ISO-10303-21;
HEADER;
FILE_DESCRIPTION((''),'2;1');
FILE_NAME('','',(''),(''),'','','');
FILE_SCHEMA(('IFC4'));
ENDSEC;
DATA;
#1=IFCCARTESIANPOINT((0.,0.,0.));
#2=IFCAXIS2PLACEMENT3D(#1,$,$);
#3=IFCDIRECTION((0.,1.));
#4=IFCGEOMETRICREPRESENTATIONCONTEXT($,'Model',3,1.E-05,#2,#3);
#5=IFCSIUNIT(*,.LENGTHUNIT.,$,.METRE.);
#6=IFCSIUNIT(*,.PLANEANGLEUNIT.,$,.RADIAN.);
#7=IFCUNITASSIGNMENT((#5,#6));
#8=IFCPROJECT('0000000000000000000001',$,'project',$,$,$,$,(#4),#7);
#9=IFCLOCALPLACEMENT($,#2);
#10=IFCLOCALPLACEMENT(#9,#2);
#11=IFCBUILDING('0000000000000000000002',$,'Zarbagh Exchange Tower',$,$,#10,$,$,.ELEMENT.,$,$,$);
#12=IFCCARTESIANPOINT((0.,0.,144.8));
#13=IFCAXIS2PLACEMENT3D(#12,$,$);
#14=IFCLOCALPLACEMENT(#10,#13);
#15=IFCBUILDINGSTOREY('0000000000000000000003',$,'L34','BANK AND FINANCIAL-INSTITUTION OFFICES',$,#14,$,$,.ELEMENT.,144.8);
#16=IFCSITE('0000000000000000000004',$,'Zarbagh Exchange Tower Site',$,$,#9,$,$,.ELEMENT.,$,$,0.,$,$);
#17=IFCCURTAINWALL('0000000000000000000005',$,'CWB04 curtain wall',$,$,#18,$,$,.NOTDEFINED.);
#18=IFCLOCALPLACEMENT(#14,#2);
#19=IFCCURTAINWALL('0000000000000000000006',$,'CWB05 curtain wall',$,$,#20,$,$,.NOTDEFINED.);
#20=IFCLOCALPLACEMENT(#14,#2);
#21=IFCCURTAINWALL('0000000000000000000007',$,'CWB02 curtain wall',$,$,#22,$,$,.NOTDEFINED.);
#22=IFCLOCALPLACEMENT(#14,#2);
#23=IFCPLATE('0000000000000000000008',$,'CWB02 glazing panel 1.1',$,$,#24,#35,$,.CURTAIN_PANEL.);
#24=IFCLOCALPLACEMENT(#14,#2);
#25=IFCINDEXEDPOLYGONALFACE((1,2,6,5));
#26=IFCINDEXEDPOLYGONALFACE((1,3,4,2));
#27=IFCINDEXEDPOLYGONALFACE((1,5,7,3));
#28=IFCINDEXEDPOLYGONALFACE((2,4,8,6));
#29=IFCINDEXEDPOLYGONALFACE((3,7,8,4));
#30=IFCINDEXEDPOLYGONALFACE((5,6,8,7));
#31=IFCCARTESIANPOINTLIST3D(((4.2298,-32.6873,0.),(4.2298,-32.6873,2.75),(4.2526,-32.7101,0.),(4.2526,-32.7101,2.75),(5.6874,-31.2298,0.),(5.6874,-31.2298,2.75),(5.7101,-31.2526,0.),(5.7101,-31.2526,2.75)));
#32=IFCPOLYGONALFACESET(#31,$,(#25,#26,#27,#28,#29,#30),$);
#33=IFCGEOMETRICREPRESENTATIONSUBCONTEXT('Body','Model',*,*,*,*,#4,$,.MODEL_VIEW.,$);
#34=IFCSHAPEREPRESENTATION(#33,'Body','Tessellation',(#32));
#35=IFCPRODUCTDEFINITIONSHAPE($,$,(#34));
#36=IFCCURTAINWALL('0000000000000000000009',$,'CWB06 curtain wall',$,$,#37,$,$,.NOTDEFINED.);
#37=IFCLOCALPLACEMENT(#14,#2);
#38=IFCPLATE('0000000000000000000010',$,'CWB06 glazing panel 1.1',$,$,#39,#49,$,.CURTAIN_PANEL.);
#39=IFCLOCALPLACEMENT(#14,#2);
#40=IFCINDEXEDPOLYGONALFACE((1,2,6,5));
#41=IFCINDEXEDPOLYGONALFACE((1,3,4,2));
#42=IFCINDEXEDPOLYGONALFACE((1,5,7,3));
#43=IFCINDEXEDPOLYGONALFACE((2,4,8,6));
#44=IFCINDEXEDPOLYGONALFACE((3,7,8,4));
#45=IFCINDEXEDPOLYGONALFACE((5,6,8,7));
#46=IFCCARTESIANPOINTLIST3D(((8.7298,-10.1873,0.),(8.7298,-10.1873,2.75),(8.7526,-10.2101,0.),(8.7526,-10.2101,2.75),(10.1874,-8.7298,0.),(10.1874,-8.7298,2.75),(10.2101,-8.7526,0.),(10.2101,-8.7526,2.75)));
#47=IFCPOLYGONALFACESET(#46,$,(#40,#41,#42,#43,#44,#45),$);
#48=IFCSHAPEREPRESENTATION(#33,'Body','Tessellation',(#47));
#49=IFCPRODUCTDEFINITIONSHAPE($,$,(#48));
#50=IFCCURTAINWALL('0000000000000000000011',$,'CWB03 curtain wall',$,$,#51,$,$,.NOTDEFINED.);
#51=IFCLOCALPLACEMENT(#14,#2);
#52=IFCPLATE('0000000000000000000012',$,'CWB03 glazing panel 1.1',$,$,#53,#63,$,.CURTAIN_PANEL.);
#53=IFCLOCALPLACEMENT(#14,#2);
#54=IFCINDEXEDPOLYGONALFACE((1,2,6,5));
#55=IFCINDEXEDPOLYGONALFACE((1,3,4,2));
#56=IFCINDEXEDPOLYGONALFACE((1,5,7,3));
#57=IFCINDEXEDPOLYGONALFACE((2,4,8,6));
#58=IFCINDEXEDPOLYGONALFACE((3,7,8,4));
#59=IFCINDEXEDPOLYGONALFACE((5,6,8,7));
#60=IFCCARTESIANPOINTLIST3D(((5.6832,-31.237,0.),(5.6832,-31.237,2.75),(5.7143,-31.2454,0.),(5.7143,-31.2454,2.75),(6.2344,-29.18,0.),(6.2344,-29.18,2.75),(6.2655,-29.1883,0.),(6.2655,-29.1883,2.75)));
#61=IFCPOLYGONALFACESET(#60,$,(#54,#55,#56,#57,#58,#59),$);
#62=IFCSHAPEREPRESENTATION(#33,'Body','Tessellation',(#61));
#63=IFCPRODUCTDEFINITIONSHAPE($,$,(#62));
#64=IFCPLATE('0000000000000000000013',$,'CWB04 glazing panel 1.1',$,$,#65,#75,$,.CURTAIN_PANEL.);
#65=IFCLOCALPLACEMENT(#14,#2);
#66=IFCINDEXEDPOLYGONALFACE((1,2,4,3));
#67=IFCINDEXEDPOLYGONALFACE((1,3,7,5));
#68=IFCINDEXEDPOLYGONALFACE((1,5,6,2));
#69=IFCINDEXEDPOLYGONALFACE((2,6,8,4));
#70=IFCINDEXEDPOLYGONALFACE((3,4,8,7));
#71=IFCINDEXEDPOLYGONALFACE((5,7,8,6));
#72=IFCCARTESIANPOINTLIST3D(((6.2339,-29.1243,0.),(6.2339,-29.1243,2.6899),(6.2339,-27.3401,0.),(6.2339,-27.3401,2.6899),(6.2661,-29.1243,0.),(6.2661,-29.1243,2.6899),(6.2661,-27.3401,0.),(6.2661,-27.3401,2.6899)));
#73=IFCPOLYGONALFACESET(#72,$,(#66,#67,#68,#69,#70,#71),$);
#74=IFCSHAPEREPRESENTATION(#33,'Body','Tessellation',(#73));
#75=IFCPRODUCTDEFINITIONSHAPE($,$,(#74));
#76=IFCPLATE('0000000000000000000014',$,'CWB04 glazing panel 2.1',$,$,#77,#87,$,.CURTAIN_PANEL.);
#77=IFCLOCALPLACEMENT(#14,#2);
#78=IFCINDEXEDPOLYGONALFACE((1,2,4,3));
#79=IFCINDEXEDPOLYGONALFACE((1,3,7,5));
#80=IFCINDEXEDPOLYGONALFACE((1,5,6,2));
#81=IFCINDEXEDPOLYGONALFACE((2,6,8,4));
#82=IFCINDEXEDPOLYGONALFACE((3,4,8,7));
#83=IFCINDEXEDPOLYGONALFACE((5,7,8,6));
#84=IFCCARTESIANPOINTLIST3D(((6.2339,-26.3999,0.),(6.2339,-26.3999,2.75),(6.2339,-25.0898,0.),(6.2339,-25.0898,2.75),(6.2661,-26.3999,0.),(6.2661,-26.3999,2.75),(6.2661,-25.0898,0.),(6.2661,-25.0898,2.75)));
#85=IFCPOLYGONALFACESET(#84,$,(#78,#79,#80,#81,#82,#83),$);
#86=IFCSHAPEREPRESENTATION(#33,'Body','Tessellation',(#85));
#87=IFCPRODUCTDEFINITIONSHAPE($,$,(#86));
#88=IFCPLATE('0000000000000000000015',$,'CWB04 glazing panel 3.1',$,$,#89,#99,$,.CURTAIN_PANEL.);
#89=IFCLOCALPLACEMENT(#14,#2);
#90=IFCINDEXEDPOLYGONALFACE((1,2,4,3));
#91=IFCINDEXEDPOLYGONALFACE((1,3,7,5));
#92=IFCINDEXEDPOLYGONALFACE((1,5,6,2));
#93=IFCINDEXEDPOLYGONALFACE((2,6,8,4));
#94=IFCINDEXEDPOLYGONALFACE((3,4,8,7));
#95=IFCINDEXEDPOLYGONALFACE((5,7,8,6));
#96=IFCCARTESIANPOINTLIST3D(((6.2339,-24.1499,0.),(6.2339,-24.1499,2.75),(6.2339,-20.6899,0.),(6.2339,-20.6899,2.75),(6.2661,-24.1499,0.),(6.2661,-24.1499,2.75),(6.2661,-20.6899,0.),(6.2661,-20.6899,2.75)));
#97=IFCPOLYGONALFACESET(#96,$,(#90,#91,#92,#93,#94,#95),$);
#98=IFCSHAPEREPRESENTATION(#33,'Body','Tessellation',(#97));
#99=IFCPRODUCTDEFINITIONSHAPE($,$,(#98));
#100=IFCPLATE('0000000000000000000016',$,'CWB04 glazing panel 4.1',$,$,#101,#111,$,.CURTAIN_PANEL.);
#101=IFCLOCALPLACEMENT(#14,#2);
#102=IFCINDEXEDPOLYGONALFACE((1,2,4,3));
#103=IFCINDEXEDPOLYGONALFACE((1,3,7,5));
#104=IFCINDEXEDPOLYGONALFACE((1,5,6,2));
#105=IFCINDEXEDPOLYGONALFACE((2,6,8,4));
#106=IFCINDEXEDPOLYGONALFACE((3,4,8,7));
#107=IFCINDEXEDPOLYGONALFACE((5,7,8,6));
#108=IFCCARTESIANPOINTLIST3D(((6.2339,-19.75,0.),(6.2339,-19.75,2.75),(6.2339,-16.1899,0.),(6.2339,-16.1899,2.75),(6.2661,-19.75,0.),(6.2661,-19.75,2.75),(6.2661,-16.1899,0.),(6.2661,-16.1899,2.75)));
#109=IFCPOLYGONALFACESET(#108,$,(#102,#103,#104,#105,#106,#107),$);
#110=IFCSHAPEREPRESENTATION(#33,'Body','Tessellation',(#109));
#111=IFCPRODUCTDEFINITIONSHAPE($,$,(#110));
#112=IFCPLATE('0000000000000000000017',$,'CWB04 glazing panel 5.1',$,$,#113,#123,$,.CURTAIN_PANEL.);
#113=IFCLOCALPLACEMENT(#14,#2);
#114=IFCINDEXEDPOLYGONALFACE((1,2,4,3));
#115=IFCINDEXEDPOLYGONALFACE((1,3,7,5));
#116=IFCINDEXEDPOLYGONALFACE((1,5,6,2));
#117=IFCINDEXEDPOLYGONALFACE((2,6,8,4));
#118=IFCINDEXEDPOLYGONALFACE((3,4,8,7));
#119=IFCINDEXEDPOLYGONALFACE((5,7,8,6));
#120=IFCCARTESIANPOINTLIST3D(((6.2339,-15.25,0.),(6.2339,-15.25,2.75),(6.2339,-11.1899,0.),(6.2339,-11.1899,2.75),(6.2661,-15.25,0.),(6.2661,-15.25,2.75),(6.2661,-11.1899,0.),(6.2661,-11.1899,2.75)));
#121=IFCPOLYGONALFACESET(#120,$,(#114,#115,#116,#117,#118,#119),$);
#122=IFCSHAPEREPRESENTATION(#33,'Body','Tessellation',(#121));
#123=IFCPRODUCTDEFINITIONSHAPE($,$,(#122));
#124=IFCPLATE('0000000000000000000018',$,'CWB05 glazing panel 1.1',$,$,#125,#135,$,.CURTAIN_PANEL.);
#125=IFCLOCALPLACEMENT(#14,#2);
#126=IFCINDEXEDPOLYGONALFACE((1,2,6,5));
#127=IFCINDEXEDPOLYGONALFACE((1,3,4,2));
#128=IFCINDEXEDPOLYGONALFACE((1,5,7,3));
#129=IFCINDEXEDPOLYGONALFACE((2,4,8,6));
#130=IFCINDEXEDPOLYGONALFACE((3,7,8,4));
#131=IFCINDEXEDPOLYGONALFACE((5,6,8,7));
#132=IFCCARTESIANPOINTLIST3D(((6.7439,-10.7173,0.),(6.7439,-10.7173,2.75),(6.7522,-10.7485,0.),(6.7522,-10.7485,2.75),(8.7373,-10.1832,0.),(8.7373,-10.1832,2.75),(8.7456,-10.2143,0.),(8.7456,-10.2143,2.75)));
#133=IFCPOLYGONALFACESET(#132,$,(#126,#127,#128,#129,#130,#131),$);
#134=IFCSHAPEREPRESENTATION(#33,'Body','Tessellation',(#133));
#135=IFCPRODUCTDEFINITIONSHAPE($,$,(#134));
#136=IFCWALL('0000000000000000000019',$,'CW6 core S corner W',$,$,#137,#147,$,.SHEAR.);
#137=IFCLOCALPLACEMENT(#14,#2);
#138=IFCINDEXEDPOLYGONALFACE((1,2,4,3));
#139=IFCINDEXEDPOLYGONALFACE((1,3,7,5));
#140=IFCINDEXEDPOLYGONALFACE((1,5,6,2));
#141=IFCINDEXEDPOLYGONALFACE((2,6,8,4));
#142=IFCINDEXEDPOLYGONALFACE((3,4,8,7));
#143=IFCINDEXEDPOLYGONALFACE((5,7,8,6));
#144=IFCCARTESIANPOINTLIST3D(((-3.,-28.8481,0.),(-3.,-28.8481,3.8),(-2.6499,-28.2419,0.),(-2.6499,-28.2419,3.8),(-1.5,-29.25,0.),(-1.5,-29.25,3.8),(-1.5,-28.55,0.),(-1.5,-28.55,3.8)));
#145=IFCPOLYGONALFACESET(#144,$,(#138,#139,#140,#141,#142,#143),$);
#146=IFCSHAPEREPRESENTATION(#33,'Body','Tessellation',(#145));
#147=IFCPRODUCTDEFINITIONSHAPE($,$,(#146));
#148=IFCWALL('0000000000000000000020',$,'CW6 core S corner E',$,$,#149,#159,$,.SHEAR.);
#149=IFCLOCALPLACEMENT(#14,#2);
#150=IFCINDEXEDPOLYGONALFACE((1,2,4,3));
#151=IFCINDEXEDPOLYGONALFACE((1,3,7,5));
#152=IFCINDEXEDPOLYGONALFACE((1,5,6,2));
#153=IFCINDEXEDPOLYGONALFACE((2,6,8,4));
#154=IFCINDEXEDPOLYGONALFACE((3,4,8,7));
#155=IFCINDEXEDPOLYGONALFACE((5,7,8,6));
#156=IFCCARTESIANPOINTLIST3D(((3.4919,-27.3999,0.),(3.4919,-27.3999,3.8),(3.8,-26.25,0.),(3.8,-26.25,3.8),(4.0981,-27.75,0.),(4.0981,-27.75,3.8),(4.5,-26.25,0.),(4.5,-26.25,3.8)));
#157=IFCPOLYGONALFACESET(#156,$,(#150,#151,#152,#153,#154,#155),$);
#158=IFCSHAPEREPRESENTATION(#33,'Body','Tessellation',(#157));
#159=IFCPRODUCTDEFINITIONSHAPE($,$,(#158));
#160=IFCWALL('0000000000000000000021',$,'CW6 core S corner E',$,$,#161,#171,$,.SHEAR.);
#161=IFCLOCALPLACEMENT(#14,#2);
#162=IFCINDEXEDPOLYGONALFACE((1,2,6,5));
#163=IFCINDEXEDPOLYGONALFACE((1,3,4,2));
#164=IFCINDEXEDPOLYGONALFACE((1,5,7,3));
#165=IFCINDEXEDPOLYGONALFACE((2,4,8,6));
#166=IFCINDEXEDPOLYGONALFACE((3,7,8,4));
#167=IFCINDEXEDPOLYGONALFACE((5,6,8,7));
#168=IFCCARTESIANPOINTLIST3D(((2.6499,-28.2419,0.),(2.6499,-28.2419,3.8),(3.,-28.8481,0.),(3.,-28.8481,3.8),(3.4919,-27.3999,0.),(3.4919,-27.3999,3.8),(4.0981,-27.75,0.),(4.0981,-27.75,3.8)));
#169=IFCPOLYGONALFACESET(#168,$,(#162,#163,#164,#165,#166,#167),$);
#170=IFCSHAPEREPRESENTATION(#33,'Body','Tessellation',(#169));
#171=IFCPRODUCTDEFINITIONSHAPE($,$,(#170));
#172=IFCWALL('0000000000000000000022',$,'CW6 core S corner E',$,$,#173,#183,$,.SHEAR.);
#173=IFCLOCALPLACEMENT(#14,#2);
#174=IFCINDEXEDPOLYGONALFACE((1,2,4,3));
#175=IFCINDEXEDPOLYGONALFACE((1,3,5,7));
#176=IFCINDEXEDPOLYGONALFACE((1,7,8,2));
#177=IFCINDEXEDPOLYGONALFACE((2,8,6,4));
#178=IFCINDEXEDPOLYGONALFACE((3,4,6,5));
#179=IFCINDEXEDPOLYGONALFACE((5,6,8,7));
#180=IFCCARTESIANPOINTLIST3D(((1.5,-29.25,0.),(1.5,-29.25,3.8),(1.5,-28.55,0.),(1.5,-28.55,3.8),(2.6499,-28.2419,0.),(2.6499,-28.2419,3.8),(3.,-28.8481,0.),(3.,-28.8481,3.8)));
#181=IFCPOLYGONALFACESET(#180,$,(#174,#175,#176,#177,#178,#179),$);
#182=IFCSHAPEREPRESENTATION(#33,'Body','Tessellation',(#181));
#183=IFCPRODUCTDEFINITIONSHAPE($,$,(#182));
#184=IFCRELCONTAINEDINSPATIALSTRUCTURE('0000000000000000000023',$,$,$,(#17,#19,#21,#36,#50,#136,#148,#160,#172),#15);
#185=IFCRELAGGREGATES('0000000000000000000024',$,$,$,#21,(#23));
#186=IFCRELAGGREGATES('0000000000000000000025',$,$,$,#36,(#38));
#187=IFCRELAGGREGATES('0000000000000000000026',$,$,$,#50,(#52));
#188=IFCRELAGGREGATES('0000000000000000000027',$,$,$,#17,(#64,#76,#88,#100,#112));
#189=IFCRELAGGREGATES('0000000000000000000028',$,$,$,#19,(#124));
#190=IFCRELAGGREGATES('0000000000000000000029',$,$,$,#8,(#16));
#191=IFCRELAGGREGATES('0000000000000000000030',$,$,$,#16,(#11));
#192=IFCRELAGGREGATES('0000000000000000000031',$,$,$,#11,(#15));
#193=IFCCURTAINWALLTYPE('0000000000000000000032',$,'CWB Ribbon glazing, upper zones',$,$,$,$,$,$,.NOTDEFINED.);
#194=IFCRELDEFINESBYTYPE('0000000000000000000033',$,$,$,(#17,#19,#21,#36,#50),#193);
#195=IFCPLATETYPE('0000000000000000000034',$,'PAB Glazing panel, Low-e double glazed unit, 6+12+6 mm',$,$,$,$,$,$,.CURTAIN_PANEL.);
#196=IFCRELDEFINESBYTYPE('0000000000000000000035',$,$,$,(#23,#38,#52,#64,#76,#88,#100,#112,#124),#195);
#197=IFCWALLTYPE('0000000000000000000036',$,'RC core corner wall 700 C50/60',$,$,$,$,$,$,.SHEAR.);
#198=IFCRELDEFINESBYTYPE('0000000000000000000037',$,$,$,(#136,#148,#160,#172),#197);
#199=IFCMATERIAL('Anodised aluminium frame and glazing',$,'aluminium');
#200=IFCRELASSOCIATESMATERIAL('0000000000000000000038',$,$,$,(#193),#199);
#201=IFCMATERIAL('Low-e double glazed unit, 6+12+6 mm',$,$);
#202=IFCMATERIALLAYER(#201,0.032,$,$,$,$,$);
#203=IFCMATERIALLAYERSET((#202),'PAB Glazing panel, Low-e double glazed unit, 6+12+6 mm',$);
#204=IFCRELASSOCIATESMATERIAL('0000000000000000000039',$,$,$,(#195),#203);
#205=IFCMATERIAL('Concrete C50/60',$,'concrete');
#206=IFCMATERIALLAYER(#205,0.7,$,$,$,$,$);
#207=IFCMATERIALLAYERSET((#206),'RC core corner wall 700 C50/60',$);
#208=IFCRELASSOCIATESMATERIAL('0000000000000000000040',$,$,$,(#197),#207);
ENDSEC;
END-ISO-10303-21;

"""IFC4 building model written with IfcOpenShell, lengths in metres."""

from ifc_helpers import new_model, si_unit, direction, frame, origin, place, context, subcontext, project, spatial, polyline, outline, extrude, source, transform, mapped, material, layer, layer_set, type_object, element, aggregate, save


model = new_model("IFC4")

# Units and contexts
model_context = context("Model", 3, precision=1e-05, world=origin(), true_north=direction((0.0, 1.0)))
body_context = subcontext(model_context, "Body", "Model", "MODEL_VIEW")
ifc_project = project(units=[si_unit("LENGTHUNIT", "METRE"), si_unit("PLANEANGLEUNIT", "RADIAN")], contexts=[model_context])

# Site, building, storey
site_placement = place(None, origin())
site = spatial("IfcSite", under=ifc_project, at=site_placement, Name="Zarbagh Exchange Tower Site", CompositionType="ELEMENT", RefElevation=0.0)
building_placement = place(site_placement, origin())
building = spatial("IfcBuilding", under=site, at=building_placement, Name="Zarbagh Exchange Tower", CompositionType="ELEMENT")
storey_placement = place(building_placement, frame((0.0, 0.0, 144.8)))
storey = spatial("IfcBuildingStorey", under=building, at=storey_placement, Name="L34", Description="BANK AND FINANCIAL-INSTITUTION OFFICES", CompositionType="ELEMENT", Elevation=144.8)

# Shared definitions
ifc_material_1 = material(Name="Anodised aluminium frame and glazing", Category="aluminium")
curtain_wall_type = type_object("IfcCurtainWallType", Name="CWB Ribbon glazing, upper zones", PredefinedType="NOTDEFINED", material=ifc_material_1)
placement = place(storey_placement, origin())

# Curtain wall
curtain_wall_1_placement = place(storey_placement, origin())
curtain_wall_1 = element("IfcCurtainWall", 1, at=curtain_wall_1_placement, inside=storey, type_object=curtain_wall_type, Name="CWB04 curtain wall", PredefinedType="NOTDEFINED")

# Curtain wall
curtain_wall_2_placement = place(storey_placement, origin())
curtain_wall_2 = element("IfcCurtainWall", 2, at=curtain_wall_2_placement, inside=storey, type_object=curtain_wall_type, Name="CWB05 curtain wall", PredefinedType="NOTDEFINED")

# Shared definitions
ifc_material_2 = material(Name="Low-e double glazed unit, 6+12+6 mm")
ifc_layer_1 = layer(ifc_material_2, 0.032)
ifc_layer_set_1 = layer_set([ifc_layer_1], Name="PAB Glazing panel, Low-e double glazed unit, 6+12+6 mm")
plate_type = type_object("IfcPlateType", Name="PAB Glazing panel, Low-e double glazed unit, 6+12+6 mm", PredefinedType="CURTAIN_PANEL", material=ifc_layer_set_1)

# Curtain walls, plates
curtain_wall_3_placement = place(storey_placement, origin())
curtain_wall_3 = element("IfcCurtainWall", 3, at=curtain_wall_3_placement, inside=storey, type_object=curtain_wall_type, Name="CWB02 curtain wall", PredefinedType="NOTDEFINED")
shared_shape_1 = source(origin(), body_context, "Body", "SweptSolid", [
    extrude(outline(polyline([(0.0, -0.0161), (2.0613, -0.0161), (2.0613, 0.0161), (0.0, 0.0161), (0.0, -0.0161)])), origin(), (0.0, 0.0, 1.0), 2.75),
])
plate_1 = element("IfcPlate", 4, at=placement, type_object=plate_type, Name="CWB02 glazing panel 1.1", PredefinedType="CURTAIN_PANEL", context=body_context, shape_type="MappedRepresentation", body=[
    mapped(shared_shape_1, transform((4.2412, -32.6987, 0.0), x_axis=(0.707107, 0.707107, 0.0), y_axis=(-0.707107, 0.707107, 0.0), z_axis=(0.0, 0.0, 1.0))),
])
aggregate(curtain_wall_3, [plate_1])
curtain_wall_4_placement = place(storey_placement, origin())
curtain_wall_4 = element("IfcCurtainWall", 5, at=curtain_wall_4_placement, inside=storey, type_object=curtain_wall_type, Name="CWB06 curtain wall", PredefinedType="NOTDEFINED")
plate_2 = element("IfcPlate", 6, at=placement, type_object=plate_type, Name="CWB06 glazing panel 1.1", PredefinedType="CURTAIN_PANEL", context=body_context, shape_type="MappedRepresentation", body=[
    mapped(shared_shape_1, transform((8.7412, -10.1987, 0.0), x_axis=(0.707107, 0.707107, 0.0), y_axis=(-0.707107, 0.707107, 0.0), z_axis=(0.0, 0.0, 1.0))),
])
aggregate(curtain_wall_4, [plate_2])
curtain_wall_5_placement = place(storey_placement, origin())
curtain_wall_5 = element("IfcCurtainWall", 7, at=curtain_wall_5_placement, inside=storey, type_object=curtain_wall_type, Name="CWB03 curtain wall", PredefinedType="NOTDEFINED")
shared_shape_2 = source(origin(), body_context, "Body", "SweptSolid", [
    extrude(outline(polyline([(0.0, -0.0161), (2.1296, -0.0161), (2.1296, 0.0161), (0.0, 0.0161), (0.0, -0.0161)])), origin(), (0.0, 0.0, 1.0), 2.75),
])
plate_3 = element("IfcPlate", 8, at=placement, type_object=plate_type, Name="CWB03 glazing panel 1.1", PredefinedType="CURTAIN_PANEL", context=body_context, shape_type="MappedRepresentation", body=[
    mapped(shared_shape_2, transform((5.6987, -31.2412, 0.0), x_axis=(0.258825, 0.965924, 0.0), y_axis=(-0.965924, 0.258825, 0.0), z_axis=(0.0, 0.0, 1.0))),
])
aggregate(curtain_wall_5, [plate_3])

# Plates
shared_shape_3 = source(origin(), body_context, "Body", "SweptSolid", [
    extrude(outline(polyline([(0.0, -0.0161), (1.7842, -0.0161), (1.7842, 0.0161), (0.0, 0.0161), (0.0, -0.0161)])), origin(), (0.0, 0.0, 1.0), 2.6899),
])
plate_4 = element("IfcPlate", 9, at=placement, type_object=plate_type, Name="CWB04 glazing panel 1.1", PredefinedType="CURTAIN_PANEL", context=body_context, shape_type="MappedRepresentation", body=[
    mapped(shared_shape_3, transform((6.25, -29.1243, 0.0), x_axis=(0.0, 1.0, 0.0), y_axis=(-1.0, 0.0, 0.0), z_axis=(0.0, 0.0, 1.0))),
])
shared_shape_4 = source(origin(), body_context, "Body", "SweptSolid", [
    extrude(outline(polyline([(0.0, -0.0161), (1.3101, -0.0161), (1.3101, 0.0161), (0.0, 0.0161), (0.0, -0.0161)])), origin(), (0.0, 0.0, 1.0), 2.75),
])
plate_5 = element("IfcPlate", 10, at=placement, type_object=plate_type, Name="CWB04 glazing panel 2.1", PredefinedType="CURTAIN_PANEL", context=body_context, shape_type="MappedRepresentation", body=[
    mapped(shared_shape_4, transform((6.25, -26.3999, 0.0), x_axis=(0.0, 1.0, 0.0), y_axis=(-1.0, 0.0, 0.0), z_axis=(0.0, 0.0, 1.0))),
])
shared_shape_5 = source(origin(), body_context, "Body", "SweptSolid", [
    extrude(outline(polyline([(0.0, -0.0161), (3.46, -0.0161), (3.46, 0.0161), (0.0, 0.0161), (0.0, -0.0161)])), origin(), (0.0, 0.0, 1.0), 2.75),
])
plate_6 = element("IfcPlate", 11, at=placement, type_object=plate_type, Name="CWB04 glazing panel 3.1", PredefinedType="CURTAIN_PANEL", context=body_context, shape_type="MappedRepresentation", body=[
    mapped(shared_shape_5, transform((6.25, -24.1499, 0.0), x_axis=(0.0, 1.0, 0.0), y_axis=(-1.0, 0.0, 0.0), z_axis=(0.0, 0.0, 1.0))),
])
shared_shape_6 = source(origin(), body_context, "Body", "SweptSolid", [
    extrude(outline(polyline([(0.0, -0.0161), (3.5601, -0.0161), (3.5601, 0.0161), (0.0, 0.0161), (0.0, -0.0161)])), origin(), (0.0, 0.0, 1.0), 2.75),
])
plate_7 = element("IfcPlate", 12, at=placement, type_object=plate_type, Name="CWB04 glazing panel 4.1", PredefinedType="CURTAIN_PANEL", context=body_context, shape_type="MappedRepresentation", body=[
    mapped(shared_shape_6, transform((6.25, -19.75, 0.0), x_axis=(0.0, 1.0, 0.0), y_axis=(-1.0, 0.0, 0.0), z_axis=(0.0, 0.0, 1.0))),
])
shared_shape_7 = source(origin(), body_context, "Body", "SweptSolid", [
    extrude(outline(polyline([(0.0, -0.0161), (4.0601, -0.0161), (4.0601, 0.0161), (0.0, 0.0161), (0.0, -0.0161)])), origin(), (0.0, 0.0, 1.0), 2.75),
])
plate_8 = element("IfcPlate", 13, at=placement, type_object=plate_type, Name="CWB04 glazing panel 5.1", PredefinedType="CURTAIN_PANEL", context=body_context, shape_type="MappedRepresentation", body=[
    mapped(shared_shape_7, transform((6.25, -15.25, 0.0), x_axis=(0.0, 1.0, 0.0), y_axis=(-1.0, 0.0, 0.0), z_axis=(0.0, 0.0, 1.0))),
])
aggregate(curtain_wall_1, [plate_4, plate_5, plate_6, plate_7, plate_8])
shared_shape_8 = source(origin(), body_context, "Body", "SweptSolid", [
    extrude(outline(polyline([(0.0, -0.0161), (2.0637, -0.0161), (2.0637, 0.0161), (0.0, 0.0161), (0.0, -0.0161)])), origin(), (0.0, 0.0, 1.0), 2.75),
])
plate_9 = element("IfcPlate", 14, at=placement, type_object=plate_type, Name="CWB05 glazing panel 1.1", PredefinedType="CURTAIN_PANEL", context=body_context, shape_type="MappedRepresentation", body=[
    mapped(shared_shape_8, transform((6.748, -10.7329, 0.0), x_axis=(0.965924, 0.258825, 0.0), y_axis=(-0.258825, 0.965924, 0.0), z_axis=(0.0, 0.0, 1.0))),
])
aggregate(curtain_wall_2, [plate_9])

# Walls
ifc_material_3 = material(Name="Concrete C50/60", Category="concrete")
ifc_layer_2 = layer(ifc_material_3, 0.7)
ifc_layer_set_2 = layer_set([ifc_layer_2], Name="RC core corner wall 700 C50/60")
wall_type = type_object("IfcWallType", Name="RC core corner wall 700 C50/60", PredefinedType="SHEAR", material=ifc_layer_set_2)
wall_1_placement = place(storey_placement, origin())
element("IfcWall", 15, at=wall_1_placement, inside=storey, type_object=wall_type, Name="CW6 core S corner W", PredefinedType="SHEAR", context=body_context, shape_type="SweptSolid", body=[
    extrude(outline(polyline([(-3.0, -28.8481), (-1.5, -29.25), (-1.5, -28.55), (-2.6499, -28.2419), (-3.0, -28.8481)])), origin(), (0.0, 0.0, 1.0), 3.8),
])
wall_2_placement = place(storey_placement, origin())
element("IfcWall", 16, at=wall_2_placement, inside=storey, type_object=wall_type, Name="CW6 core S corner E", PredefinedType="SHEAR", context=body_context, shape_type="SweptSolid", body=[
    extrude(outline(polyline([(4.5, -26.25), (4.0981, -27.75), (3.4919, -27.3999), (3.8, -26.25), (4.5, -26.25)])), origin(), (0.0, 0.0, 1.0), 3.8),
])
wall_3_placement = place(storey_placement, origin())
element("IfcWall", 17, at=wall_3_placement, inside=storey, type_object=wall_type, Name="CW6 core S corner E", PredefinedType="SHEAR", context=body_context, shape_type="SweptSolid", body=[
    extrude(outline(polyline([(4.0981, -27.75), (3.0, -28.8481), (2.6499, -28.2419), (3.4919, -27.3999), (4.0981, -27.75)])), origin(), (0.0, 0.0, 1.0), 3.8),
])
wall_4_placement = place(storey_placement, origin())
element("IfcWall", 18, at=wall_4_placement, inside=storey, type_object=wall_type, Name="CW6 core S corner E", PredefinedType="SHEAR", context=body_context, shape_type="SweptSolid", body=[
    extrude(outline(polyline([(3.0, -28.8481), (1.5, -29.25), (1.5, -28.55), (2.6499, -28.2419), (3.0, -28.8481)])), origin(), (0.0, 0.0, 1.0), 3.8),
])

save(model, "model.ifc")
